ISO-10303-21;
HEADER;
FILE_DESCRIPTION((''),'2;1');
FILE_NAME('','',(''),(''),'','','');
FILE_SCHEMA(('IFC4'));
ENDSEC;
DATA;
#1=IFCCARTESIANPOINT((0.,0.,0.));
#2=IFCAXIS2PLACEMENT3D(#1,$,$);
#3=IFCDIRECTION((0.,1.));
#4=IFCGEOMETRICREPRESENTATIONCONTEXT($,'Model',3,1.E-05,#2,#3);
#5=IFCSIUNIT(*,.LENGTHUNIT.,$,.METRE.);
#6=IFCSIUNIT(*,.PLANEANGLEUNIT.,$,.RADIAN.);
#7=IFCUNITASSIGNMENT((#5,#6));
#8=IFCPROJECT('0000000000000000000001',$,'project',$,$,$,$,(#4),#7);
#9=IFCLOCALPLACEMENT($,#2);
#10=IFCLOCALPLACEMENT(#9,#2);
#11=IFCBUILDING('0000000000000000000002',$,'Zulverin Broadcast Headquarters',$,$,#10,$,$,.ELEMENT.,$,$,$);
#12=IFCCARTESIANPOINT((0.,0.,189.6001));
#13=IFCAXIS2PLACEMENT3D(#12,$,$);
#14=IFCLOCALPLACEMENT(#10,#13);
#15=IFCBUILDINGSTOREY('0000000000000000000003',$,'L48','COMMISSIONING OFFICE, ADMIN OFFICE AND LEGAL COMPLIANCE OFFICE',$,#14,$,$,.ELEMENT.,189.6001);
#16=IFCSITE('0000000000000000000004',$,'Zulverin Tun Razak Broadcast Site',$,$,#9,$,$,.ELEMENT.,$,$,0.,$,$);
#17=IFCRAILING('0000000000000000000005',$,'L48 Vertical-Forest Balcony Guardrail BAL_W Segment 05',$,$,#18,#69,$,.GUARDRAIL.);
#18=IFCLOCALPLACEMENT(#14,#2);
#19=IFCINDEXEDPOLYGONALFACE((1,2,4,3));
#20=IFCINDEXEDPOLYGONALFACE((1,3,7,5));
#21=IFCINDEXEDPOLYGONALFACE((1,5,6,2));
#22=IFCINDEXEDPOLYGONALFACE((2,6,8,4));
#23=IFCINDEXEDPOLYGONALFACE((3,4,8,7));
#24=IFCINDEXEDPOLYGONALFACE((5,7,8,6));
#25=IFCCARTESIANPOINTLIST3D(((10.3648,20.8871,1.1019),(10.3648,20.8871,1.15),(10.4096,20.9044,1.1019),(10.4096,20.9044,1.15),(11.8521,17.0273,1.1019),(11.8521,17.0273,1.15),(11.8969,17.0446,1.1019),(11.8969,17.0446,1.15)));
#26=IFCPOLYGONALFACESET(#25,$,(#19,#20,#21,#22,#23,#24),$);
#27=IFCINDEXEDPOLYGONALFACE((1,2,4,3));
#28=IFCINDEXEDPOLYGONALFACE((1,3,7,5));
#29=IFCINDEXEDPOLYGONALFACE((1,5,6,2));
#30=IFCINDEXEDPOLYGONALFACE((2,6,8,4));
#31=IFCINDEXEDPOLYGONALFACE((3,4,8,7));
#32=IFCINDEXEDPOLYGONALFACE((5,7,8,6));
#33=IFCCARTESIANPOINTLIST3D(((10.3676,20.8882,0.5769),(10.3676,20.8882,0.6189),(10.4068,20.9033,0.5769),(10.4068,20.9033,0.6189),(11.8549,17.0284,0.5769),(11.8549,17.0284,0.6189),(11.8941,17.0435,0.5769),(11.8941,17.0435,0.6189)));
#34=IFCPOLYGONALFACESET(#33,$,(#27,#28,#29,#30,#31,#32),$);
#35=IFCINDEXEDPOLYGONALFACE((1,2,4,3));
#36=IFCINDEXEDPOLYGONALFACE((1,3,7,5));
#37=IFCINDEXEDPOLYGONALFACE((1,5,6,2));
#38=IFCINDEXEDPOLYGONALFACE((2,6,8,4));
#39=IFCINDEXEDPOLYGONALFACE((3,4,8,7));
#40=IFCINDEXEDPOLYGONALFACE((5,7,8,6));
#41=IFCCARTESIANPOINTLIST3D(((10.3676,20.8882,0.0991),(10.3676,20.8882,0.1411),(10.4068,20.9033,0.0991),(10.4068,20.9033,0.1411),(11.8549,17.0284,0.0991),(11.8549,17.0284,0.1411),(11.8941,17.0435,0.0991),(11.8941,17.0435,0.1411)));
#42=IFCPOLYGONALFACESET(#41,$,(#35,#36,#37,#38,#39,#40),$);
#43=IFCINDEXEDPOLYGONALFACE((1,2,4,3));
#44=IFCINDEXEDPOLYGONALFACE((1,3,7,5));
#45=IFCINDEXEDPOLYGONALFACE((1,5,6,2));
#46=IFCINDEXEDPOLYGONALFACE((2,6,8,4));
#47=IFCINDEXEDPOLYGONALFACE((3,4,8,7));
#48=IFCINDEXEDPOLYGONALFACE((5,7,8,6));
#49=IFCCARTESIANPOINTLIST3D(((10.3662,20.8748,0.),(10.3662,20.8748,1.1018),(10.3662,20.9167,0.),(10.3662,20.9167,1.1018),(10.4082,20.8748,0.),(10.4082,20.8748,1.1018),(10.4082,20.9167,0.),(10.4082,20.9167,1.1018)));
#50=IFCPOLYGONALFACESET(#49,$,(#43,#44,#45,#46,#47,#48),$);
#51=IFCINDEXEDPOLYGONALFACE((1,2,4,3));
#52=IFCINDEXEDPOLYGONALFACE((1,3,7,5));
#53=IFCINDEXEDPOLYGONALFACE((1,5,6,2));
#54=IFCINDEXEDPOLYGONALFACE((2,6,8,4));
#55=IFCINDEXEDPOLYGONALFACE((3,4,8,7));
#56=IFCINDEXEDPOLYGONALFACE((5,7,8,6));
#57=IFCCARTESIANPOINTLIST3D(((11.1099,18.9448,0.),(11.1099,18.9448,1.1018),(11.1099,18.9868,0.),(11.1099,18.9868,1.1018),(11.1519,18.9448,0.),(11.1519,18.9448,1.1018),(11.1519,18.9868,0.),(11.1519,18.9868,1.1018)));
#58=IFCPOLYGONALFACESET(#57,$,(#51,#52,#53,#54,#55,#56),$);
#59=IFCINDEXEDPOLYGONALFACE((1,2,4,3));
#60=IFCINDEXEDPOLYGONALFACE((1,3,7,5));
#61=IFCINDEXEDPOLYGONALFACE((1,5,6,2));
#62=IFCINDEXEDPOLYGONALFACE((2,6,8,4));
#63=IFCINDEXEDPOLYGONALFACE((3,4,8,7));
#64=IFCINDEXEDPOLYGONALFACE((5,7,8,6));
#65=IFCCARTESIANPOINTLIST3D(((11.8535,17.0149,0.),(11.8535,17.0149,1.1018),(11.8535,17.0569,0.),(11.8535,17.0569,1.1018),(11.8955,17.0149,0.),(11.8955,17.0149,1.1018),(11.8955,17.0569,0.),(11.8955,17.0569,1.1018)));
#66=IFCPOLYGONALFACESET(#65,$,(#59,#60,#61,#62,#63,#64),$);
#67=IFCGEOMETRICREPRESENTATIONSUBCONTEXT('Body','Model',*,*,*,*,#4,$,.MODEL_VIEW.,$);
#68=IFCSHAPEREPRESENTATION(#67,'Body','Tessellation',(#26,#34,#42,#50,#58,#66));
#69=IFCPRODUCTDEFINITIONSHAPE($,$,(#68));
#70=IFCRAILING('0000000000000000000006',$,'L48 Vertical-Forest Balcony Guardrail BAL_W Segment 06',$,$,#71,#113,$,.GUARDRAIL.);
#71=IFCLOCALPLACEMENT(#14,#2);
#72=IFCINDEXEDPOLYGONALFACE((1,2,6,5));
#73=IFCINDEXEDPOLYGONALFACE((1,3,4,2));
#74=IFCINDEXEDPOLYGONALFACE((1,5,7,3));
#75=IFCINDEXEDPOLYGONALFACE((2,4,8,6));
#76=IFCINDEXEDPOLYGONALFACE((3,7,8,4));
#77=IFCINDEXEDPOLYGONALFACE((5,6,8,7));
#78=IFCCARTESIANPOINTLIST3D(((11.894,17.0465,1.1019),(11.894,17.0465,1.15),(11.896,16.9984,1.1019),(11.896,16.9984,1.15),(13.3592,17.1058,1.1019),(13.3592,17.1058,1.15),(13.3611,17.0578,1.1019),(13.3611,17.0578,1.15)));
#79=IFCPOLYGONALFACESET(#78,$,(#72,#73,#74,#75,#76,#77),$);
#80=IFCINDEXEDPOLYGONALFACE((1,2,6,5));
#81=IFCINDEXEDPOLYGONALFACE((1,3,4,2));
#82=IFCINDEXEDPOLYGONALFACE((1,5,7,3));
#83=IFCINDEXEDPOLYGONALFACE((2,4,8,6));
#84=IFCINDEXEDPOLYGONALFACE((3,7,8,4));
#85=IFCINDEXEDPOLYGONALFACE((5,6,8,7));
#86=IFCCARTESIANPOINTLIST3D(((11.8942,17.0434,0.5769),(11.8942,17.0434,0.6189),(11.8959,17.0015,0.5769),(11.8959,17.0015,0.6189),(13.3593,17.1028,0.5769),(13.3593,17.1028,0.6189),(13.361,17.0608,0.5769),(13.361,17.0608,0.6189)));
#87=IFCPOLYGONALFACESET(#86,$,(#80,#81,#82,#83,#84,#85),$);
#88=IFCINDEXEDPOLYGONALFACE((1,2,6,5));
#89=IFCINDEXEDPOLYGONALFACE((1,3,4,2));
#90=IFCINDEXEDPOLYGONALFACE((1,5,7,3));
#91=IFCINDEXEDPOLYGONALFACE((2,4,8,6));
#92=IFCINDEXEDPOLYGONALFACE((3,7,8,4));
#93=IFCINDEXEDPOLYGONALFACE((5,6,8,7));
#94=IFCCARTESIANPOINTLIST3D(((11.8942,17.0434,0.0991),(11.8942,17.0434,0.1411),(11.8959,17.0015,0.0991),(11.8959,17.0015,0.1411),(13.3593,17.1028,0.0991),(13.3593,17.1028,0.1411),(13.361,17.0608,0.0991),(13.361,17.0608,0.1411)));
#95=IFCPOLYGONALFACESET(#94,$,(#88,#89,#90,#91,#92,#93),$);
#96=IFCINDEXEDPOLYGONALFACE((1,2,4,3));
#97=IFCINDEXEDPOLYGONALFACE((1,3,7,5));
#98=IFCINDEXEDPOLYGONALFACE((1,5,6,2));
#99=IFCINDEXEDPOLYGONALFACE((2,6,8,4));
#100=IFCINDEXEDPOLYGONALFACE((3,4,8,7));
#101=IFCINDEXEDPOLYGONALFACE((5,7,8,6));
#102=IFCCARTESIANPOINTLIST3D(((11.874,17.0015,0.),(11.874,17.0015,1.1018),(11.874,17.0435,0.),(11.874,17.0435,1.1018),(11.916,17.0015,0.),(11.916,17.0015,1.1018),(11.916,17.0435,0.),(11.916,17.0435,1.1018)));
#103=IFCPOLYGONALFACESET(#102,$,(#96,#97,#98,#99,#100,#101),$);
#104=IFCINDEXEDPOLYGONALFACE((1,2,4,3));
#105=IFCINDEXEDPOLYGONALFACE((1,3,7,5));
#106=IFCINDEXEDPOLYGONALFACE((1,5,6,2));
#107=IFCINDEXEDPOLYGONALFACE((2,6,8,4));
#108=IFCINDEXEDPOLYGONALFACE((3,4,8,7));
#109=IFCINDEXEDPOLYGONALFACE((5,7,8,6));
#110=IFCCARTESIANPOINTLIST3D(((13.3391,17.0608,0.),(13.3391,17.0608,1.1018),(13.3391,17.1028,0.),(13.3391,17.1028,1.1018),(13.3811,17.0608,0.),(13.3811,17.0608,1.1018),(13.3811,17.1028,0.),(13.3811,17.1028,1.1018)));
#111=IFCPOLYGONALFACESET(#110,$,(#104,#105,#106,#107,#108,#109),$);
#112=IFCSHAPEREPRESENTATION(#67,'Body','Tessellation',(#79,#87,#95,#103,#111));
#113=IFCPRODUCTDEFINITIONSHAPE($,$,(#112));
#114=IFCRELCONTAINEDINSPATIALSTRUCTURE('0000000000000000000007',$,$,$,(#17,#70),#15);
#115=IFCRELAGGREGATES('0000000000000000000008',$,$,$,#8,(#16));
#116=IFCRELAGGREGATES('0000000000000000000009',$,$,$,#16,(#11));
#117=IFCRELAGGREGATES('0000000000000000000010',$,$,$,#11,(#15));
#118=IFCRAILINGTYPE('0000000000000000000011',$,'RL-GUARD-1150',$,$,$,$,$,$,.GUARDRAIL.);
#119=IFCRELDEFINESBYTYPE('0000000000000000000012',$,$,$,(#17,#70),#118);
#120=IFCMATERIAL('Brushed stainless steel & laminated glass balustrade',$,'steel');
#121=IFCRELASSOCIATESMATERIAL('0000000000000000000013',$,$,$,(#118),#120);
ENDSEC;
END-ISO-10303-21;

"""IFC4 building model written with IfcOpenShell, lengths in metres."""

from ifc_helpers import new_model, si_unit, direction, frame, origin, origin_2d, place, context, subcontext, project, spatial, rectangle, extrude, material, type_object, element, save


model = new_model("IFC4")

# Units and contexts
model_context = context("Model", 3, precision=1e-05, world=origin(), true_north=direction((0.0, 1.0)))
body_context = subcontext(model_context, "Body", "Model", "MODEL_VIEW")
ifc_project = project(units=[si_unit("LENGTHUNIT", "METRE"), si_unit("PLANEANGLEUNIT", "RADIAN")], contexts=[model_context])

# Site, building, storey
site_placement = place(None, origin())
site = spatial("IfcSite", under=ifc_project, at=site_placement, Name="Zulverin Tun Razak Broadcast Site", CompositionType="ELEMENT", RefElevation=0.0)
building_placement = place(site_placement, origin())
building = spatial("IfcBuilding", under=site, at=building_placement, Name="Zulverin Broadcast Headquarters", CompositionType="ELEMENT")
storey_placement = place(building_placement, frame((0.0, 0.0, 189.6001)))
storey = spatial("IfcBuildingStorey", under=building, at=storey_placement, Name="L48", Description="COMMISSIONING OFFICE, ADMIN OFFICE AND LEGAL COMPLIANCE OFFICE", CompositionType="ELEMENT", Elevation=189.6001)

# Railings
ifc_material_1 = material(Name="Brushed stainless steel & laminated glass balustrade", Category="steel")
railing_type = type_object("IfcRailingType", Name="RL-GUARD-1150", PredefinedType="GUARDRAIL", material=ifc_material_1)
railing_1_placement = place(storey_placement, frame((10.3872, 20.8958, 0.0)))
element("IfcRailing", 1, at=railing_1_placement, inside=storey, type_object=railing_type, Name="L48 Vertical-Forest Balcony Guardrail BAL_W Segment 05", PredefinedType="GUARDRAIL", context=body_context, shape_type="SweptSolid", body=[
    extrude(rectangle(XDim=0.0481, YDim=0.0481, at=origin_2d()), frame((0.0, 0.0, 1.126), z_axis=(0.359556, -0.933123, 0.0), x_axis=(0.933123, 0.359556, 0.0)), (0.0, 0.0, 1.0), 4.1365),
    extrude(rectangle(XDim=0.042, YDim=0.042, at=origin_2d()), frame((0.0, 0.0, 0.5979), z_axis=(0.359556, -0.933123, 0.0), x_axis=(0.933123, 0.359556, 0.0)), (0.0, 0.0, 1.0), 4.1365),
    extrude(rectangle(XDim=0.042, YDim=0.042, at=origin_2d()), frame((0.0, 0.0, 0.1201), z_axis=(0.359556, -0.933123, 0.0), x_axis=(0.933123, 0.359556, 0.0)), (0.0, 0.0, 1.0), 4.1365),
    extrude(rectangle(XDim=0.042, YDim=0.042, at=origin_2d()), origin(), (0.0, 0.0, 1.0), 1.1018),
    extrude(rectangle(XDim=0.042, YDim=0.042, at=origin_2d()), frame((0.7437, -1.9299, 0.0)), (0.0, 0.0, 1.0), 1.1018),
    extrude(rectangle(XDim=0.042, YDim=0.042, at=origin_2d()), frame((1.4873, -3.8599, 0.0)), (0.0, 0.0, 1.0), 1.1018),
])
railing_2_placement = place(storey_placement, frame((11.895, 17.0225, 0.0)))
element("IfcRailing", 2, at=railing_2_placement, inside=storey, type_object=railing_type, Name="L48 Vertical-Forest Balcony Guardrail BAL_W Segment 06", PredefinedType="GUARDRAIL", context=body_context, shape_type="SweptSolid", body=[
    extrude(rectangle(XDim=0.0481, YDim=0.0481, at=origin_2d()), frame((0.0, 0.0, 1.126), z_axis=(0.999181, 0.04046, 0.0), x_axis=(-0.04046, 0.999181, 0.0)), (0.0, 0.0, 1.0), 1.4663),
    extrude(rectangle(XDim=0.042, YDim=0.042, at=origin_2d()), frame((0.0, 0.0, 0.5979), z_axis=(0.999181, 0.04046, 0.0), x_axis=(-0.04046, 0.999181, 0.0)), (0.0, 0.0, 1.0), 1.4663),
    extrude(rectangle(XDim=0.042, YDim=0.042, at=origin_2d()), frame((0.0, 0.0, 0.1201), z_axis=(0.999181, 0.04046, 0.0), x_axis=(-0.04046, 0.999181, 0.0)), (0.0, 0.0, 1.0), 1.4663),
    extrude(rectangle(XDim=0.042, YDim=0.042, at=origin_2d()), origin(), (0.0, 0.0, 1.0), 1.1018),
    extrude(rectangle(XDim=0.042, YDim=0.042, at=origin_2d()), frame((1.4651, 0.0593, 0.0)), (0.0, 0.0, 1.0), 1.1018),
])

save(model, "model.ifc")
